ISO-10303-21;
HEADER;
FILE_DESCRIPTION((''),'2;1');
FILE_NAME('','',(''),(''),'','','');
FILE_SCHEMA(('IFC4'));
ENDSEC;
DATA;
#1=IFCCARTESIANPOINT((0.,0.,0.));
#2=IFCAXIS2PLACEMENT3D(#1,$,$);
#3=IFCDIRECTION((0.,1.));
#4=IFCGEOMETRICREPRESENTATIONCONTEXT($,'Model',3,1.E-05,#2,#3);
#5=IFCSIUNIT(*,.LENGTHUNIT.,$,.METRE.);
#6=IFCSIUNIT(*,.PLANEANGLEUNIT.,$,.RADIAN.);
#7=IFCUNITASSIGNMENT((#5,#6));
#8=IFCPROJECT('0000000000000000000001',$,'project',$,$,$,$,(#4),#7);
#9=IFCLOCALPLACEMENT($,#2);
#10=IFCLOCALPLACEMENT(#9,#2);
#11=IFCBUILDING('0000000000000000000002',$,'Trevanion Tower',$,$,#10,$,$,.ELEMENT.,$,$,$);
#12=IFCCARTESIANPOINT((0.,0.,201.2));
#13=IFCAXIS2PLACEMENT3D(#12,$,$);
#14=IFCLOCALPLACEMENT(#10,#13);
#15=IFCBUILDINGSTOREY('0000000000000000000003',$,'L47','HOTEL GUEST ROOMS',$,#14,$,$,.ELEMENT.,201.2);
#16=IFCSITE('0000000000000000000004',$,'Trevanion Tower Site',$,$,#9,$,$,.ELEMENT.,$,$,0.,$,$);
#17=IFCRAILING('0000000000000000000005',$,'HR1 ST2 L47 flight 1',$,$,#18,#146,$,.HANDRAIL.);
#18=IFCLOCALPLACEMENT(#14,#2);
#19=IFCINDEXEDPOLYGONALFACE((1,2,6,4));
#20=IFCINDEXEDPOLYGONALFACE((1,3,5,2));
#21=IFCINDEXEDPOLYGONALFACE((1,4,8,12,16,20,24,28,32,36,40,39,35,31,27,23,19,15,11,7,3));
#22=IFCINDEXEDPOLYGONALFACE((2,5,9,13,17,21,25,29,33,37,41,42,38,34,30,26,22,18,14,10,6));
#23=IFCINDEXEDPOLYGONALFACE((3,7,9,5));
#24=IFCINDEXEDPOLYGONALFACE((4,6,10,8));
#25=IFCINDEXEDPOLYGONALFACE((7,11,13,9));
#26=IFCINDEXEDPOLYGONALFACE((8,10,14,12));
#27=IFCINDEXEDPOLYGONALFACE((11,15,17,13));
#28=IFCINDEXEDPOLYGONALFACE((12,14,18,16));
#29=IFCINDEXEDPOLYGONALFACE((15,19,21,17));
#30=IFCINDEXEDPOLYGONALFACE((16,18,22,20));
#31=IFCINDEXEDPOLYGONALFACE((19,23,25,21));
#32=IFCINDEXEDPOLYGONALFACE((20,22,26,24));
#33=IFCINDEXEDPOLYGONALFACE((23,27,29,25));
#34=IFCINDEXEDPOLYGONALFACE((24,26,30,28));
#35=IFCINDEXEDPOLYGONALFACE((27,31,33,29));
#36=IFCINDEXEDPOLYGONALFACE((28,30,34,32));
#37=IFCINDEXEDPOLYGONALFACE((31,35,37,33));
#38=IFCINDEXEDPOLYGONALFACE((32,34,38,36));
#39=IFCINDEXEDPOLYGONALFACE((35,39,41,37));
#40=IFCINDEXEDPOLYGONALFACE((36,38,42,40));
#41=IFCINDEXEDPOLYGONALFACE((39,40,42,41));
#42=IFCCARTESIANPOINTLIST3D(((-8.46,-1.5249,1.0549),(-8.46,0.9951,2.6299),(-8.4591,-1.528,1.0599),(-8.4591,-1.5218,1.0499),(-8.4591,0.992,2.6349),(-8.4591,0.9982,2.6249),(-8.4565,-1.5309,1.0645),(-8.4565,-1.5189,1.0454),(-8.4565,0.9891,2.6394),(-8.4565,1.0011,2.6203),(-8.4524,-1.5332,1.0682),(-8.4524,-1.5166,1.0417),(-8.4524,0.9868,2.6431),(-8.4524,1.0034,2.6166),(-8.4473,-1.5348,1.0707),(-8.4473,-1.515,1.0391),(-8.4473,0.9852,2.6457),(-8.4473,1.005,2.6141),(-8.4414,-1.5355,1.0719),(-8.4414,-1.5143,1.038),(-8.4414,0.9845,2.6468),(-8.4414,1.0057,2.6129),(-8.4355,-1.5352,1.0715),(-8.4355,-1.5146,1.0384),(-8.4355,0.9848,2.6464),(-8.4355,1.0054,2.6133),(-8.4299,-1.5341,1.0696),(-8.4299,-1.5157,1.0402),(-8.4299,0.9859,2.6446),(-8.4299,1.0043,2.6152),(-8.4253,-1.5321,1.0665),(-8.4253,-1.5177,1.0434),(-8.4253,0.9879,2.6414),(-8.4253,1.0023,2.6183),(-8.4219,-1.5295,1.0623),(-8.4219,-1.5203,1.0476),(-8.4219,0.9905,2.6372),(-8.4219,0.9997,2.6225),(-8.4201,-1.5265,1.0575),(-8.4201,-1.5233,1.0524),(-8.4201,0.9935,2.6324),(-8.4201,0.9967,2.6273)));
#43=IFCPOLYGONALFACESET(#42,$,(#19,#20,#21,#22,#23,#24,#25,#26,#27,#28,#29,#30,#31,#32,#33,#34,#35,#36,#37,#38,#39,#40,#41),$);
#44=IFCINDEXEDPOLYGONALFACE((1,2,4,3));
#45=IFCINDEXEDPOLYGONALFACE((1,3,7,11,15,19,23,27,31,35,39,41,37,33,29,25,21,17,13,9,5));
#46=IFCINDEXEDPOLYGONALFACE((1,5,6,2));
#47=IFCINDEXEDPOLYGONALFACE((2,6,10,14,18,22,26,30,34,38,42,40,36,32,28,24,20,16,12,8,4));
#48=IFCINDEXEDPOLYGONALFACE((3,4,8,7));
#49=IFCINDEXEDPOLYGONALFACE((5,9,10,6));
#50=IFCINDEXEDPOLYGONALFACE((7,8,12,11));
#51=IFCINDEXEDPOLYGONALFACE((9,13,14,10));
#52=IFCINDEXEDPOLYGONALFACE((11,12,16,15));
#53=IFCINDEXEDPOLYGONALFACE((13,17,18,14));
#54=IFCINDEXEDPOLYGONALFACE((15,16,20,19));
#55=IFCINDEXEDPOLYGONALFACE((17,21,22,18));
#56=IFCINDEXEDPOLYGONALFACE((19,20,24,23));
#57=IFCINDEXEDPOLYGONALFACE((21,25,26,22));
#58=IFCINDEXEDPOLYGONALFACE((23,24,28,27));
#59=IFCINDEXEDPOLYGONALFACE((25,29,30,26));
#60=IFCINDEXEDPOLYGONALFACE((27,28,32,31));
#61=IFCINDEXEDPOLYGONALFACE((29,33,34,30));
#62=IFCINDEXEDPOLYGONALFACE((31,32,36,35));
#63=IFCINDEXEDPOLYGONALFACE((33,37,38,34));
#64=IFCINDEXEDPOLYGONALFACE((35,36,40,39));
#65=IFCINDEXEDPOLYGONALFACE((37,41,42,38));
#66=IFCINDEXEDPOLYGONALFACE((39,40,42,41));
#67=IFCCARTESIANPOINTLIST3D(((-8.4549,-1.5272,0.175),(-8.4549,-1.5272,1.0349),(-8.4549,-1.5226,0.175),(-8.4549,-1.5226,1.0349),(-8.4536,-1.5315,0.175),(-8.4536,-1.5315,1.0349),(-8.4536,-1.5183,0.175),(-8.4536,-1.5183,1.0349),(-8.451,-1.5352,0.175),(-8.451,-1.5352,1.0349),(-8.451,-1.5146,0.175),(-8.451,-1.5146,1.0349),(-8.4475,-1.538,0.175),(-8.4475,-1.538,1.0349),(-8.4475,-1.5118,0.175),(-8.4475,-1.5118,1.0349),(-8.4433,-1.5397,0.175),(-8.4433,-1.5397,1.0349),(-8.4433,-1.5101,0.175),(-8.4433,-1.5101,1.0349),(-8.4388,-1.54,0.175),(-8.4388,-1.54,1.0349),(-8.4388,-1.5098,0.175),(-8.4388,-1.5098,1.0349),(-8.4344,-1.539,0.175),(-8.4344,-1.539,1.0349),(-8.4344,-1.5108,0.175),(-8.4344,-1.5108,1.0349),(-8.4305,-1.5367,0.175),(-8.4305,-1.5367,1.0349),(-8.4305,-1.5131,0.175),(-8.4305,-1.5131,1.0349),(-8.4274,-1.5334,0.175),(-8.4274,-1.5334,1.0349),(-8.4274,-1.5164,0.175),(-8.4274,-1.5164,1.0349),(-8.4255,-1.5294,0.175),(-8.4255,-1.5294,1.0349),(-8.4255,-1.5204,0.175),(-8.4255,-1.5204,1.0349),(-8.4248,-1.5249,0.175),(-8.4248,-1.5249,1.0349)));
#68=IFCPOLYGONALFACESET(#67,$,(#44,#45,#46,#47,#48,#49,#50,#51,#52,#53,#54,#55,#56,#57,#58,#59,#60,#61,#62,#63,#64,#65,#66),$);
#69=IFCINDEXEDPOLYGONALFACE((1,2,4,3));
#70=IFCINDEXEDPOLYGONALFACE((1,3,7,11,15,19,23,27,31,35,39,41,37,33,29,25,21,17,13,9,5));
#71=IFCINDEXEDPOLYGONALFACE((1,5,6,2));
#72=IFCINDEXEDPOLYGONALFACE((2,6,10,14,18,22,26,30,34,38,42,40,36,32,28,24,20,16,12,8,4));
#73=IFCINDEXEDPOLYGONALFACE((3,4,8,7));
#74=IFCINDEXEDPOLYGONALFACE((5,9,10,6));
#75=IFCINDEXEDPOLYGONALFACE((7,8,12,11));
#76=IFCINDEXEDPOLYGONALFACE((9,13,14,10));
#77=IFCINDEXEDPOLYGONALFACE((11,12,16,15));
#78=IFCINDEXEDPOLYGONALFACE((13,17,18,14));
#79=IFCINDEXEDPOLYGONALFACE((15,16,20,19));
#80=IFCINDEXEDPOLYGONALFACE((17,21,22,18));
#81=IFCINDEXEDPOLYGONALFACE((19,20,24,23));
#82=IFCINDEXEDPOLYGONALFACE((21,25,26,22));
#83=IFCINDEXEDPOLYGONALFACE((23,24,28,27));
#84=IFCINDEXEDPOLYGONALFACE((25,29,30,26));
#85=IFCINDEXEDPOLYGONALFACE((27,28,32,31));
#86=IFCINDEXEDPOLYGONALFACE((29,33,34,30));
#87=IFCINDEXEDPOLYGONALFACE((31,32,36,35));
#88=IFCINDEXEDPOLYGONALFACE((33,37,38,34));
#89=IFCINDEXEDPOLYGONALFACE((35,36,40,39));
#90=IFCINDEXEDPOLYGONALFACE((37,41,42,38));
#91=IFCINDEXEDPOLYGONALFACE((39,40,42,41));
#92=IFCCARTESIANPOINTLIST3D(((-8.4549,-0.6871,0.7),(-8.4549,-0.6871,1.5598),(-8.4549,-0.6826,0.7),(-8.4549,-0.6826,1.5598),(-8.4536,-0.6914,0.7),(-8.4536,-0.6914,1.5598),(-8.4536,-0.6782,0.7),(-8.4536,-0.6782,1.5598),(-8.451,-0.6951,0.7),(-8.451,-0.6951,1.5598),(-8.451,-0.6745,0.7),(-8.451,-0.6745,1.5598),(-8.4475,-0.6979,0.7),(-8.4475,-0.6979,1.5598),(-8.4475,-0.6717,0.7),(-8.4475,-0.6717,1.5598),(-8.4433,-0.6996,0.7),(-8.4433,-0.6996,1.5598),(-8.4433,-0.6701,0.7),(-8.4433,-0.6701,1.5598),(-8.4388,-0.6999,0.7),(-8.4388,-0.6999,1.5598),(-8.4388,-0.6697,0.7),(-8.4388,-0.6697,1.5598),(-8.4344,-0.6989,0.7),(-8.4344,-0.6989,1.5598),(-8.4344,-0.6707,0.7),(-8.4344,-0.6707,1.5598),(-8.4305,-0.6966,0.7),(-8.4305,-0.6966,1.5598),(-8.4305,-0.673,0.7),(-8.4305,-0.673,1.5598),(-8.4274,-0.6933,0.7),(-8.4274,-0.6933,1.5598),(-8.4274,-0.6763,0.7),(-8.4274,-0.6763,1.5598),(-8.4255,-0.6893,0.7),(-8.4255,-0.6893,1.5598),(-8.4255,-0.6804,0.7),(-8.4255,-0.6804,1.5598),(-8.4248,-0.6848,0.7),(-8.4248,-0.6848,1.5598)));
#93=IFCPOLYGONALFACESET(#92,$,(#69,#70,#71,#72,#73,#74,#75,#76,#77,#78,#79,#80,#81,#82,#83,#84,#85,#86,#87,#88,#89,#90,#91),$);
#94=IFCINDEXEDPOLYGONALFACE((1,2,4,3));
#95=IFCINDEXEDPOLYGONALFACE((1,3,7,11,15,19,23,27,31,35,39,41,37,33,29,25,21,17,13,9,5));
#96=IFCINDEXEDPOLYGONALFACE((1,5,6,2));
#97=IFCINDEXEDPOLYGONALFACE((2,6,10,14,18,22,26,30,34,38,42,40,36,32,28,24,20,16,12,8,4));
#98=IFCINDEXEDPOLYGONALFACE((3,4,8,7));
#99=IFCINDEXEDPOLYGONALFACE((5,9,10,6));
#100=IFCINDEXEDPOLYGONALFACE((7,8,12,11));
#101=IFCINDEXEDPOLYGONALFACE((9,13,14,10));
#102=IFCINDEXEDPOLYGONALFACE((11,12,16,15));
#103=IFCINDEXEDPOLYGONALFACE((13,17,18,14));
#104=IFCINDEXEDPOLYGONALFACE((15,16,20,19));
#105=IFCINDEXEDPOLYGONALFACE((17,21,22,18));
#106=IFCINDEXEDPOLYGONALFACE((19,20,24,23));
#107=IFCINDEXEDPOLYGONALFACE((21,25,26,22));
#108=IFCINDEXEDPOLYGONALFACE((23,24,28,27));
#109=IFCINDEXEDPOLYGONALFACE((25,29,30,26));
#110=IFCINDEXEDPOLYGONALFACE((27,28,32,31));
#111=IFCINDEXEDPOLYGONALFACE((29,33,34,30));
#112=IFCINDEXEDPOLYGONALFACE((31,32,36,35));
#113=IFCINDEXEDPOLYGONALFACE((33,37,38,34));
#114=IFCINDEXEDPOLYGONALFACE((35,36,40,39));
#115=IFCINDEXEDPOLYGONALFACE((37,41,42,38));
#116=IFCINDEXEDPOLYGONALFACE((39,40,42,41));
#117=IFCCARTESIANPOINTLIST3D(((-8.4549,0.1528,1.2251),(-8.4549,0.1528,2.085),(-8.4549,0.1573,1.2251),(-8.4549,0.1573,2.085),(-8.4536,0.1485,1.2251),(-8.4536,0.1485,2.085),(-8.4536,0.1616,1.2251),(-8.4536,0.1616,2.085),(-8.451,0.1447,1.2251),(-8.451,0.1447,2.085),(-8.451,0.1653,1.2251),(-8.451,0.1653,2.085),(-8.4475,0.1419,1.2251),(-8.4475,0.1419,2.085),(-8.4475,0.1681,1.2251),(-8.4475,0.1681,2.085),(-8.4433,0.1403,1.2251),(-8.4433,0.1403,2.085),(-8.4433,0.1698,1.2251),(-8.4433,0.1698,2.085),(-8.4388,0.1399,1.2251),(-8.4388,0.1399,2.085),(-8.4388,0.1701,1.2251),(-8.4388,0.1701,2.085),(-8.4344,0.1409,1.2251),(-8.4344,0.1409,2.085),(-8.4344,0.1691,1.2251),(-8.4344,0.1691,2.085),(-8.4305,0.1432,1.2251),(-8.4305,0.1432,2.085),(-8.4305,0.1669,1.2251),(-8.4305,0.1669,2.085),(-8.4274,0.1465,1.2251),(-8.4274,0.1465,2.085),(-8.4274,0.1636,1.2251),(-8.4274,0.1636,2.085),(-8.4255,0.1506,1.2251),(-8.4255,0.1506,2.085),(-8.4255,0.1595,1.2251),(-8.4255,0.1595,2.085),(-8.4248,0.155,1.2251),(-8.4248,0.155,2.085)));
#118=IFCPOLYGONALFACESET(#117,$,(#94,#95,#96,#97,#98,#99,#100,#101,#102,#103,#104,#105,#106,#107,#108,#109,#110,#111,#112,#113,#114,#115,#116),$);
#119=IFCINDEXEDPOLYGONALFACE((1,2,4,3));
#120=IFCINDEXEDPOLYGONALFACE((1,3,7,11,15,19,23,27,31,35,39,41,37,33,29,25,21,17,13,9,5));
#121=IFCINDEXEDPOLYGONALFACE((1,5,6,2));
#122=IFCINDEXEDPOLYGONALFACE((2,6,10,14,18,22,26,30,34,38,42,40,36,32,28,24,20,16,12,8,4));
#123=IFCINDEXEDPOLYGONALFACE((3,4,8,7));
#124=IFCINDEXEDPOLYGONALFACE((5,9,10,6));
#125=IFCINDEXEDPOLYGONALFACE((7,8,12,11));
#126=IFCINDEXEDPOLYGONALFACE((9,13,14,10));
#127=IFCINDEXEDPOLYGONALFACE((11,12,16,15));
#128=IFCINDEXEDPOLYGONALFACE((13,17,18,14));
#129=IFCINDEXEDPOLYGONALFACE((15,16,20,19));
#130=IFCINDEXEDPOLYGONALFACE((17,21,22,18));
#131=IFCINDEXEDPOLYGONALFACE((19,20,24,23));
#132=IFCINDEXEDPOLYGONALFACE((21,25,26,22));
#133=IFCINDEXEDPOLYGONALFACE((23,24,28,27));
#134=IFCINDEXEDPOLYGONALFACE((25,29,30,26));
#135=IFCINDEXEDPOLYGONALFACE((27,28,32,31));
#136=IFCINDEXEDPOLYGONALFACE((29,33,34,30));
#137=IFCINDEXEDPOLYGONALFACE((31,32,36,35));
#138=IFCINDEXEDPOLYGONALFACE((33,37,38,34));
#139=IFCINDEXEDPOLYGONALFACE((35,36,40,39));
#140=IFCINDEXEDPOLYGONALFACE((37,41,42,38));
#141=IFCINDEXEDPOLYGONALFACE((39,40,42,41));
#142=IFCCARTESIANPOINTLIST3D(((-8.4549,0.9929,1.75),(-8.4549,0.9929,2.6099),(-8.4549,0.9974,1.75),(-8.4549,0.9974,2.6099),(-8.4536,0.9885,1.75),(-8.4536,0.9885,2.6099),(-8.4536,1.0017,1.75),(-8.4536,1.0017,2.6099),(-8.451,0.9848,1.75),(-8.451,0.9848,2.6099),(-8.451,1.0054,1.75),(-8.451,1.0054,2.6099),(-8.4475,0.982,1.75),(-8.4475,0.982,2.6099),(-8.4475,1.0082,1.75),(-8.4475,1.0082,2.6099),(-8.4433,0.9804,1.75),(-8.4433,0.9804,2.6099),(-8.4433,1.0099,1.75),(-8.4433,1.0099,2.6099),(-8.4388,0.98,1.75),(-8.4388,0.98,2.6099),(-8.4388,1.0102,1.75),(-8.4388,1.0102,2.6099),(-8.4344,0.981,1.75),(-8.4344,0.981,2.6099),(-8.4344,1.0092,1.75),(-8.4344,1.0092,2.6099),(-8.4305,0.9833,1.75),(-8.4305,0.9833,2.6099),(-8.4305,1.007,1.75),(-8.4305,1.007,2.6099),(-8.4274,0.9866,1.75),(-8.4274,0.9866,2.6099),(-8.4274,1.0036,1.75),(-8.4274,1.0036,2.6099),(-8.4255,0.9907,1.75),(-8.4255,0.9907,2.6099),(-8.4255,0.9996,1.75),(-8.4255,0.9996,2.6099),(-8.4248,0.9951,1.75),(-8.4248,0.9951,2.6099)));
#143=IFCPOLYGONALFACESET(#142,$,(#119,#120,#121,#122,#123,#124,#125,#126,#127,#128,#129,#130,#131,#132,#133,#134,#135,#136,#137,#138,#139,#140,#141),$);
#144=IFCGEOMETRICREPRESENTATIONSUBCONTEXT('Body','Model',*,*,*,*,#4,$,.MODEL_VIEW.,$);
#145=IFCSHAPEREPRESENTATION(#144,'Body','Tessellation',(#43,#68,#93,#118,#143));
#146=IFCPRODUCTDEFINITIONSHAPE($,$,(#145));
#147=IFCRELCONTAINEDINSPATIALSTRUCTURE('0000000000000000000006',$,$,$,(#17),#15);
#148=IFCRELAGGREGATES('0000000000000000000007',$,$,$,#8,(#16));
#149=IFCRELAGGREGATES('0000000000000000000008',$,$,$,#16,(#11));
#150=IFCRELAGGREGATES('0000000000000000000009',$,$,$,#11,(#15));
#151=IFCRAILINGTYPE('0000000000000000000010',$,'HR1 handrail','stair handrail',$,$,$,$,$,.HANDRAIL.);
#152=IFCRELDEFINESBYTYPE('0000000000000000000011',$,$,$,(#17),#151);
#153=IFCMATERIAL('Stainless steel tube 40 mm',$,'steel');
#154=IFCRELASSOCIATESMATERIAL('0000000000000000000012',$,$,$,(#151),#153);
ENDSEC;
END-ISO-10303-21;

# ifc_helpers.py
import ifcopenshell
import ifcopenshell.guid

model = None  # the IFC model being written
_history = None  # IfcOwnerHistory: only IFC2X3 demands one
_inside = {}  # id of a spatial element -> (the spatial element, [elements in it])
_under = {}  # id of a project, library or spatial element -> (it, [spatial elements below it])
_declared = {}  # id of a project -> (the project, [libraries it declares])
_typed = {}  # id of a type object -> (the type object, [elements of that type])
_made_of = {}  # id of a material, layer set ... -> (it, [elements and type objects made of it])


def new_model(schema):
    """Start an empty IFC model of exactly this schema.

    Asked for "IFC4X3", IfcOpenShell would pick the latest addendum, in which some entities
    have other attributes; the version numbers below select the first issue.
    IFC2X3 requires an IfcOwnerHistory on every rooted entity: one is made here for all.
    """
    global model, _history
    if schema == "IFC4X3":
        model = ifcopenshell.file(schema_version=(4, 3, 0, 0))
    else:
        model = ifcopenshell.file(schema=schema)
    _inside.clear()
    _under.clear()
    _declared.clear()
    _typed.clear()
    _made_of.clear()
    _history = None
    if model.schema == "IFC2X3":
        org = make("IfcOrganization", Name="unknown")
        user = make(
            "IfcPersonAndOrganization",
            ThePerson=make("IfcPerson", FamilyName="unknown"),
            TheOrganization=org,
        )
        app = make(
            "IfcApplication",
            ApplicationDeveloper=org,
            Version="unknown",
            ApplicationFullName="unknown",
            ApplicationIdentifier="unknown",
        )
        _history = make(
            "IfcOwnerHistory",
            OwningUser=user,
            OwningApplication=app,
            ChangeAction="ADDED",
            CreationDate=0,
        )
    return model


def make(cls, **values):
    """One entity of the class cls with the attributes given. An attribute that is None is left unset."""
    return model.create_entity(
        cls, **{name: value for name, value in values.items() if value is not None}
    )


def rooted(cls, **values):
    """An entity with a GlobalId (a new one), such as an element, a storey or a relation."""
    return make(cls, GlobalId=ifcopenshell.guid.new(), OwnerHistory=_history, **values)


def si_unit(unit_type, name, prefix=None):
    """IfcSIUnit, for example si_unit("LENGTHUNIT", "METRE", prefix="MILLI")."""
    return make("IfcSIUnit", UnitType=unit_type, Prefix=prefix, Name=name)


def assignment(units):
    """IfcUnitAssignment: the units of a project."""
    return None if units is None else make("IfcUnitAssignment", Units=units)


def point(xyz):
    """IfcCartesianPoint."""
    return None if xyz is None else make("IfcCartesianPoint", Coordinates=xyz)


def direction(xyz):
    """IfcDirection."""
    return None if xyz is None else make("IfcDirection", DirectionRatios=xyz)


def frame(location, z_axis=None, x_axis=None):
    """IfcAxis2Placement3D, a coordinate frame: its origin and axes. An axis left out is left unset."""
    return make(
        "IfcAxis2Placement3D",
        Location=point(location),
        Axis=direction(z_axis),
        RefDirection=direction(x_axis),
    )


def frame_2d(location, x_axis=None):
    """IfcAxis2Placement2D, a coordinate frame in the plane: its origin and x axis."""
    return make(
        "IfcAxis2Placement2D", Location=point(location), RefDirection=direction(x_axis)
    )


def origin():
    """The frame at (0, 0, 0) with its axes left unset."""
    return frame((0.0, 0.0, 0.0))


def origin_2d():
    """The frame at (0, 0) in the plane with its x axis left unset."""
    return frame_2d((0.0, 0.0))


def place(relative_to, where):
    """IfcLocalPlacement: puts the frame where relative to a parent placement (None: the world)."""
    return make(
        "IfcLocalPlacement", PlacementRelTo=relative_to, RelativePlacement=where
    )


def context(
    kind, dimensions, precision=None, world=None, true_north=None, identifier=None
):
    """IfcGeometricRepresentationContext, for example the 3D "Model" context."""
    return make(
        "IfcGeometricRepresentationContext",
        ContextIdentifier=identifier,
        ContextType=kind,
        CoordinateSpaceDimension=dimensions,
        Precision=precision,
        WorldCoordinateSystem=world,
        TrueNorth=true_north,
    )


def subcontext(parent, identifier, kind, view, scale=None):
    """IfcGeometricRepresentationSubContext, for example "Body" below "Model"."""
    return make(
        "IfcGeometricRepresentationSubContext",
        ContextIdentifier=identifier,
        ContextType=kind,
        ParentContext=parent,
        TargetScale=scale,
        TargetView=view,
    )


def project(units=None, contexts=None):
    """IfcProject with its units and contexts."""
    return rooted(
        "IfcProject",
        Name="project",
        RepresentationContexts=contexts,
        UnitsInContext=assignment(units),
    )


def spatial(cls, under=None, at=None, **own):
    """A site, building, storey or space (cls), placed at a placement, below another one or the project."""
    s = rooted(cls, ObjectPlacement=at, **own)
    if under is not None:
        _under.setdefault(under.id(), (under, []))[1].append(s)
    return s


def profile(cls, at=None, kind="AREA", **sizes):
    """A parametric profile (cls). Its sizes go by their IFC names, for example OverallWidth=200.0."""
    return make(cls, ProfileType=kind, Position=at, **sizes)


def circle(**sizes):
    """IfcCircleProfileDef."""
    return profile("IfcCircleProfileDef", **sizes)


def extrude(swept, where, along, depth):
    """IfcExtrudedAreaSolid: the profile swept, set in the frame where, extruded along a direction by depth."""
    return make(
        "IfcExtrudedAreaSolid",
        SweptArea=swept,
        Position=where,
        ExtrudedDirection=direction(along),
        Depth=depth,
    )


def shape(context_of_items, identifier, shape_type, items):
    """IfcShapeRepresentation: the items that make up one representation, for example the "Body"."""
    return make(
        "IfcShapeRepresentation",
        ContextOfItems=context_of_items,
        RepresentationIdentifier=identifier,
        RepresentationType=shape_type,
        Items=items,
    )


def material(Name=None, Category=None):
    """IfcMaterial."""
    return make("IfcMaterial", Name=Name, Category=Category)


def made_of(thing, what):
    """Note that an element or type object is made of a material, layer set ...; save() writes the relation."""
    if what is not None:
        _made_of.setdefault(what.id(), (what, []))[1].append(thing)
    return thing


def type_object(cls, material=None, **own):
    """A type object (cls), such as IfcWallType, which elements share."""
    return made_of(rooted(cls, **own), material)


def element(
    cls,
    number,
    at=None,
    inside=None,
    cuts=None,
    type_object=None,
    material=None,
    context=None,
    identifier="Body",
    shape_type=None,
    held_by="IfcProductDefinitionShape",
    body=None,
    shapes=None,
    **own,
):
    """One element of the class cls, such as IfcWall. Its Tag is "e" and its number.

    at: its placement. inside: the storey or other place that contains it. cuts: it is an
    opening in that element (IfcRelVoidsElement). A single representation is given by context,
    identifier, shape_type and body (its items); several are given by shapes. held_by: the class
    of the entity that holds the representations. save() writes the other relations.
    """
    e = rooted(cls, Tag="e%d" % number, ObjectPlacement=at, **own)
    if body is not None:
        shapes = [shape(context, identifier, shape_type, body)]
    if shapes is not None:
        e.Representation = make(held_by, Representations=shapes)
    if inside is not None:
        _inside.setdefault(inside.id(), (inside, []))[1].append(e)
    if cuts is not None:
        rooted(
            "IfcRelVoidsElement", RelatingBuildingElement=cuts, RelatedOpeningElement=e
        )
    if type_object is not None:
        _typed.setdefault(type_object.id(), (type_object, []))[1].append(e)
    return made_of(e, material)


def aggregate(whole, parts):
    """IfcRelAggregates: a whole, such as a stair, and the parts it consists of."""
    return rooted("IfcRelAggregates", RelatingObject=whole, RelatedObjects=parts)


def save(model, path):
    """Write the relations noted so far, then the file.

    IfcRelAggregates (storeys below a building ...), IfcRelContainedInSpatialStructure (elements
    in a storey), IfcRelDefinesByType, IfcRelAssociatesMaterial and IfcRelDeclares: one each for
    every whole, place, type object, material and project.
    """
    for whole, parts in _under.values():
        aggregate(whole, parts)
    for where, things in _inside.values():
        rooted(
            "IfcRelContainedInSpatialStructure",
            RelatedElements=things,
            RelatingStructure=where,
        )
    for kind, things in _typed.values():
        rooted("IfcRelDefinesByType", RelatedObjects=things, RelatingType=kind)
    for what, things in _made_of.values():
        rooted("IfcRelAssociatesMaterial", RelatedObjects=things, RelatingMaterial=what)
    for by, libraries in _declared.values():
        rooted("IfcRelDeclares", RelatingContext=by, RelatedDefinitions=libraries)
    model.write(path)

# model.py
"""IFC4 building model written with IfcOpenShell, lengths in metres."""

from ifc_helpers import new_model, si_unit, direction, frame, origin, origin_2d, place, context, subcontext, project, spatial, circle, extrude, material, type_object, element, save


model = new_model("IFC4")

# Units and contexts
model_context = context("Model", 3, precision=1e-05, world=origin(), true_north=direction((0.0, 1.0)))
body_context = subcontext(model_context, "Body", "Model", "MODEL_VIEW")
ifc_project = project(units=[si_unit("LENGTHUNIT", "METRE"), si_unit("PLANEANGLEUNIT", "RADIAN")], contexts=[model_context])

# Site, building, storey
site_placement = place(None, origin())
site = spatial("IfcSite", under=ifc_project, at=site_placement, Name="Trevanion Tower Site", CompositionType="ELEMENT", RefElevation=0.0)
building_placement = place(site_placement, origin())
building = spatial("IfcBuilding", under=site, at=building_placement, Name="Trevanion Tower", CompositionType="ELEMENT")
storey_placement = place(building_placement, frame((0.0, 0.0, 201.2)))
storey = spatial("IfcBuildingStorey", under=building, at=storey_placement, Name="L47", Description="HOTEL GUEST ROOMS", CompositionType="ELEMENT", Elevation=201.2)

# Railing
ifc_material_1 = material(Name="Stainless steel tube 40 mm", Category="steel")
railing_type = type_object("IfcRailingType", Name="HR1 handrail", Description="stair handrail", PredefinedType="HANDRAIL", material=ifc_material_1)
for number, where, name in (
    (1, (-8.4399, -1.5249, 0.175), "HR1 ST2 L47 flight 1"),
):
    element("IfcRailing", number, at=place(storey_placement, frame(where)), inside=storey, type_object=railing_type, Name=name, PredefinedType="HANDRAIL", context=body_context, shape_type="SweptSolid", body=[
        extrude(circle(Radius=0.02, at=origin_2d()), frame((0.0, 0.0, 0.8799), z_axis=(0.0, 0.848008, 0.529984), x_axis=(-1.0, 0.0, 0.0)), (0.0, 0.0, 1.0), 2.9717),
        extrude(circle(Radius=0.0151, at=origin_2d()), origin(), (0.0, 0.0, 1.0), 0.8599),
        extrude(circle(Radius=0.0151, at=origin_2d()), frame((0.0, 0.8401, 0.5249)), (0.0, 0.0, 1.0), 0.8599),
        extrude(circle(Radius=0.0151, at=origin_2d()), frame((0.0, 1.6799, 1.05)), (0.0, 0.0, 1.0), 0.8599),
        extrude(circle(Radius=0.0151, at=origin_2d()), frame((0.0, 2.52, 1.575)), (0.0, 0.0, 1.0), 0.8599),
    ])

save(model, "model.ifc")
